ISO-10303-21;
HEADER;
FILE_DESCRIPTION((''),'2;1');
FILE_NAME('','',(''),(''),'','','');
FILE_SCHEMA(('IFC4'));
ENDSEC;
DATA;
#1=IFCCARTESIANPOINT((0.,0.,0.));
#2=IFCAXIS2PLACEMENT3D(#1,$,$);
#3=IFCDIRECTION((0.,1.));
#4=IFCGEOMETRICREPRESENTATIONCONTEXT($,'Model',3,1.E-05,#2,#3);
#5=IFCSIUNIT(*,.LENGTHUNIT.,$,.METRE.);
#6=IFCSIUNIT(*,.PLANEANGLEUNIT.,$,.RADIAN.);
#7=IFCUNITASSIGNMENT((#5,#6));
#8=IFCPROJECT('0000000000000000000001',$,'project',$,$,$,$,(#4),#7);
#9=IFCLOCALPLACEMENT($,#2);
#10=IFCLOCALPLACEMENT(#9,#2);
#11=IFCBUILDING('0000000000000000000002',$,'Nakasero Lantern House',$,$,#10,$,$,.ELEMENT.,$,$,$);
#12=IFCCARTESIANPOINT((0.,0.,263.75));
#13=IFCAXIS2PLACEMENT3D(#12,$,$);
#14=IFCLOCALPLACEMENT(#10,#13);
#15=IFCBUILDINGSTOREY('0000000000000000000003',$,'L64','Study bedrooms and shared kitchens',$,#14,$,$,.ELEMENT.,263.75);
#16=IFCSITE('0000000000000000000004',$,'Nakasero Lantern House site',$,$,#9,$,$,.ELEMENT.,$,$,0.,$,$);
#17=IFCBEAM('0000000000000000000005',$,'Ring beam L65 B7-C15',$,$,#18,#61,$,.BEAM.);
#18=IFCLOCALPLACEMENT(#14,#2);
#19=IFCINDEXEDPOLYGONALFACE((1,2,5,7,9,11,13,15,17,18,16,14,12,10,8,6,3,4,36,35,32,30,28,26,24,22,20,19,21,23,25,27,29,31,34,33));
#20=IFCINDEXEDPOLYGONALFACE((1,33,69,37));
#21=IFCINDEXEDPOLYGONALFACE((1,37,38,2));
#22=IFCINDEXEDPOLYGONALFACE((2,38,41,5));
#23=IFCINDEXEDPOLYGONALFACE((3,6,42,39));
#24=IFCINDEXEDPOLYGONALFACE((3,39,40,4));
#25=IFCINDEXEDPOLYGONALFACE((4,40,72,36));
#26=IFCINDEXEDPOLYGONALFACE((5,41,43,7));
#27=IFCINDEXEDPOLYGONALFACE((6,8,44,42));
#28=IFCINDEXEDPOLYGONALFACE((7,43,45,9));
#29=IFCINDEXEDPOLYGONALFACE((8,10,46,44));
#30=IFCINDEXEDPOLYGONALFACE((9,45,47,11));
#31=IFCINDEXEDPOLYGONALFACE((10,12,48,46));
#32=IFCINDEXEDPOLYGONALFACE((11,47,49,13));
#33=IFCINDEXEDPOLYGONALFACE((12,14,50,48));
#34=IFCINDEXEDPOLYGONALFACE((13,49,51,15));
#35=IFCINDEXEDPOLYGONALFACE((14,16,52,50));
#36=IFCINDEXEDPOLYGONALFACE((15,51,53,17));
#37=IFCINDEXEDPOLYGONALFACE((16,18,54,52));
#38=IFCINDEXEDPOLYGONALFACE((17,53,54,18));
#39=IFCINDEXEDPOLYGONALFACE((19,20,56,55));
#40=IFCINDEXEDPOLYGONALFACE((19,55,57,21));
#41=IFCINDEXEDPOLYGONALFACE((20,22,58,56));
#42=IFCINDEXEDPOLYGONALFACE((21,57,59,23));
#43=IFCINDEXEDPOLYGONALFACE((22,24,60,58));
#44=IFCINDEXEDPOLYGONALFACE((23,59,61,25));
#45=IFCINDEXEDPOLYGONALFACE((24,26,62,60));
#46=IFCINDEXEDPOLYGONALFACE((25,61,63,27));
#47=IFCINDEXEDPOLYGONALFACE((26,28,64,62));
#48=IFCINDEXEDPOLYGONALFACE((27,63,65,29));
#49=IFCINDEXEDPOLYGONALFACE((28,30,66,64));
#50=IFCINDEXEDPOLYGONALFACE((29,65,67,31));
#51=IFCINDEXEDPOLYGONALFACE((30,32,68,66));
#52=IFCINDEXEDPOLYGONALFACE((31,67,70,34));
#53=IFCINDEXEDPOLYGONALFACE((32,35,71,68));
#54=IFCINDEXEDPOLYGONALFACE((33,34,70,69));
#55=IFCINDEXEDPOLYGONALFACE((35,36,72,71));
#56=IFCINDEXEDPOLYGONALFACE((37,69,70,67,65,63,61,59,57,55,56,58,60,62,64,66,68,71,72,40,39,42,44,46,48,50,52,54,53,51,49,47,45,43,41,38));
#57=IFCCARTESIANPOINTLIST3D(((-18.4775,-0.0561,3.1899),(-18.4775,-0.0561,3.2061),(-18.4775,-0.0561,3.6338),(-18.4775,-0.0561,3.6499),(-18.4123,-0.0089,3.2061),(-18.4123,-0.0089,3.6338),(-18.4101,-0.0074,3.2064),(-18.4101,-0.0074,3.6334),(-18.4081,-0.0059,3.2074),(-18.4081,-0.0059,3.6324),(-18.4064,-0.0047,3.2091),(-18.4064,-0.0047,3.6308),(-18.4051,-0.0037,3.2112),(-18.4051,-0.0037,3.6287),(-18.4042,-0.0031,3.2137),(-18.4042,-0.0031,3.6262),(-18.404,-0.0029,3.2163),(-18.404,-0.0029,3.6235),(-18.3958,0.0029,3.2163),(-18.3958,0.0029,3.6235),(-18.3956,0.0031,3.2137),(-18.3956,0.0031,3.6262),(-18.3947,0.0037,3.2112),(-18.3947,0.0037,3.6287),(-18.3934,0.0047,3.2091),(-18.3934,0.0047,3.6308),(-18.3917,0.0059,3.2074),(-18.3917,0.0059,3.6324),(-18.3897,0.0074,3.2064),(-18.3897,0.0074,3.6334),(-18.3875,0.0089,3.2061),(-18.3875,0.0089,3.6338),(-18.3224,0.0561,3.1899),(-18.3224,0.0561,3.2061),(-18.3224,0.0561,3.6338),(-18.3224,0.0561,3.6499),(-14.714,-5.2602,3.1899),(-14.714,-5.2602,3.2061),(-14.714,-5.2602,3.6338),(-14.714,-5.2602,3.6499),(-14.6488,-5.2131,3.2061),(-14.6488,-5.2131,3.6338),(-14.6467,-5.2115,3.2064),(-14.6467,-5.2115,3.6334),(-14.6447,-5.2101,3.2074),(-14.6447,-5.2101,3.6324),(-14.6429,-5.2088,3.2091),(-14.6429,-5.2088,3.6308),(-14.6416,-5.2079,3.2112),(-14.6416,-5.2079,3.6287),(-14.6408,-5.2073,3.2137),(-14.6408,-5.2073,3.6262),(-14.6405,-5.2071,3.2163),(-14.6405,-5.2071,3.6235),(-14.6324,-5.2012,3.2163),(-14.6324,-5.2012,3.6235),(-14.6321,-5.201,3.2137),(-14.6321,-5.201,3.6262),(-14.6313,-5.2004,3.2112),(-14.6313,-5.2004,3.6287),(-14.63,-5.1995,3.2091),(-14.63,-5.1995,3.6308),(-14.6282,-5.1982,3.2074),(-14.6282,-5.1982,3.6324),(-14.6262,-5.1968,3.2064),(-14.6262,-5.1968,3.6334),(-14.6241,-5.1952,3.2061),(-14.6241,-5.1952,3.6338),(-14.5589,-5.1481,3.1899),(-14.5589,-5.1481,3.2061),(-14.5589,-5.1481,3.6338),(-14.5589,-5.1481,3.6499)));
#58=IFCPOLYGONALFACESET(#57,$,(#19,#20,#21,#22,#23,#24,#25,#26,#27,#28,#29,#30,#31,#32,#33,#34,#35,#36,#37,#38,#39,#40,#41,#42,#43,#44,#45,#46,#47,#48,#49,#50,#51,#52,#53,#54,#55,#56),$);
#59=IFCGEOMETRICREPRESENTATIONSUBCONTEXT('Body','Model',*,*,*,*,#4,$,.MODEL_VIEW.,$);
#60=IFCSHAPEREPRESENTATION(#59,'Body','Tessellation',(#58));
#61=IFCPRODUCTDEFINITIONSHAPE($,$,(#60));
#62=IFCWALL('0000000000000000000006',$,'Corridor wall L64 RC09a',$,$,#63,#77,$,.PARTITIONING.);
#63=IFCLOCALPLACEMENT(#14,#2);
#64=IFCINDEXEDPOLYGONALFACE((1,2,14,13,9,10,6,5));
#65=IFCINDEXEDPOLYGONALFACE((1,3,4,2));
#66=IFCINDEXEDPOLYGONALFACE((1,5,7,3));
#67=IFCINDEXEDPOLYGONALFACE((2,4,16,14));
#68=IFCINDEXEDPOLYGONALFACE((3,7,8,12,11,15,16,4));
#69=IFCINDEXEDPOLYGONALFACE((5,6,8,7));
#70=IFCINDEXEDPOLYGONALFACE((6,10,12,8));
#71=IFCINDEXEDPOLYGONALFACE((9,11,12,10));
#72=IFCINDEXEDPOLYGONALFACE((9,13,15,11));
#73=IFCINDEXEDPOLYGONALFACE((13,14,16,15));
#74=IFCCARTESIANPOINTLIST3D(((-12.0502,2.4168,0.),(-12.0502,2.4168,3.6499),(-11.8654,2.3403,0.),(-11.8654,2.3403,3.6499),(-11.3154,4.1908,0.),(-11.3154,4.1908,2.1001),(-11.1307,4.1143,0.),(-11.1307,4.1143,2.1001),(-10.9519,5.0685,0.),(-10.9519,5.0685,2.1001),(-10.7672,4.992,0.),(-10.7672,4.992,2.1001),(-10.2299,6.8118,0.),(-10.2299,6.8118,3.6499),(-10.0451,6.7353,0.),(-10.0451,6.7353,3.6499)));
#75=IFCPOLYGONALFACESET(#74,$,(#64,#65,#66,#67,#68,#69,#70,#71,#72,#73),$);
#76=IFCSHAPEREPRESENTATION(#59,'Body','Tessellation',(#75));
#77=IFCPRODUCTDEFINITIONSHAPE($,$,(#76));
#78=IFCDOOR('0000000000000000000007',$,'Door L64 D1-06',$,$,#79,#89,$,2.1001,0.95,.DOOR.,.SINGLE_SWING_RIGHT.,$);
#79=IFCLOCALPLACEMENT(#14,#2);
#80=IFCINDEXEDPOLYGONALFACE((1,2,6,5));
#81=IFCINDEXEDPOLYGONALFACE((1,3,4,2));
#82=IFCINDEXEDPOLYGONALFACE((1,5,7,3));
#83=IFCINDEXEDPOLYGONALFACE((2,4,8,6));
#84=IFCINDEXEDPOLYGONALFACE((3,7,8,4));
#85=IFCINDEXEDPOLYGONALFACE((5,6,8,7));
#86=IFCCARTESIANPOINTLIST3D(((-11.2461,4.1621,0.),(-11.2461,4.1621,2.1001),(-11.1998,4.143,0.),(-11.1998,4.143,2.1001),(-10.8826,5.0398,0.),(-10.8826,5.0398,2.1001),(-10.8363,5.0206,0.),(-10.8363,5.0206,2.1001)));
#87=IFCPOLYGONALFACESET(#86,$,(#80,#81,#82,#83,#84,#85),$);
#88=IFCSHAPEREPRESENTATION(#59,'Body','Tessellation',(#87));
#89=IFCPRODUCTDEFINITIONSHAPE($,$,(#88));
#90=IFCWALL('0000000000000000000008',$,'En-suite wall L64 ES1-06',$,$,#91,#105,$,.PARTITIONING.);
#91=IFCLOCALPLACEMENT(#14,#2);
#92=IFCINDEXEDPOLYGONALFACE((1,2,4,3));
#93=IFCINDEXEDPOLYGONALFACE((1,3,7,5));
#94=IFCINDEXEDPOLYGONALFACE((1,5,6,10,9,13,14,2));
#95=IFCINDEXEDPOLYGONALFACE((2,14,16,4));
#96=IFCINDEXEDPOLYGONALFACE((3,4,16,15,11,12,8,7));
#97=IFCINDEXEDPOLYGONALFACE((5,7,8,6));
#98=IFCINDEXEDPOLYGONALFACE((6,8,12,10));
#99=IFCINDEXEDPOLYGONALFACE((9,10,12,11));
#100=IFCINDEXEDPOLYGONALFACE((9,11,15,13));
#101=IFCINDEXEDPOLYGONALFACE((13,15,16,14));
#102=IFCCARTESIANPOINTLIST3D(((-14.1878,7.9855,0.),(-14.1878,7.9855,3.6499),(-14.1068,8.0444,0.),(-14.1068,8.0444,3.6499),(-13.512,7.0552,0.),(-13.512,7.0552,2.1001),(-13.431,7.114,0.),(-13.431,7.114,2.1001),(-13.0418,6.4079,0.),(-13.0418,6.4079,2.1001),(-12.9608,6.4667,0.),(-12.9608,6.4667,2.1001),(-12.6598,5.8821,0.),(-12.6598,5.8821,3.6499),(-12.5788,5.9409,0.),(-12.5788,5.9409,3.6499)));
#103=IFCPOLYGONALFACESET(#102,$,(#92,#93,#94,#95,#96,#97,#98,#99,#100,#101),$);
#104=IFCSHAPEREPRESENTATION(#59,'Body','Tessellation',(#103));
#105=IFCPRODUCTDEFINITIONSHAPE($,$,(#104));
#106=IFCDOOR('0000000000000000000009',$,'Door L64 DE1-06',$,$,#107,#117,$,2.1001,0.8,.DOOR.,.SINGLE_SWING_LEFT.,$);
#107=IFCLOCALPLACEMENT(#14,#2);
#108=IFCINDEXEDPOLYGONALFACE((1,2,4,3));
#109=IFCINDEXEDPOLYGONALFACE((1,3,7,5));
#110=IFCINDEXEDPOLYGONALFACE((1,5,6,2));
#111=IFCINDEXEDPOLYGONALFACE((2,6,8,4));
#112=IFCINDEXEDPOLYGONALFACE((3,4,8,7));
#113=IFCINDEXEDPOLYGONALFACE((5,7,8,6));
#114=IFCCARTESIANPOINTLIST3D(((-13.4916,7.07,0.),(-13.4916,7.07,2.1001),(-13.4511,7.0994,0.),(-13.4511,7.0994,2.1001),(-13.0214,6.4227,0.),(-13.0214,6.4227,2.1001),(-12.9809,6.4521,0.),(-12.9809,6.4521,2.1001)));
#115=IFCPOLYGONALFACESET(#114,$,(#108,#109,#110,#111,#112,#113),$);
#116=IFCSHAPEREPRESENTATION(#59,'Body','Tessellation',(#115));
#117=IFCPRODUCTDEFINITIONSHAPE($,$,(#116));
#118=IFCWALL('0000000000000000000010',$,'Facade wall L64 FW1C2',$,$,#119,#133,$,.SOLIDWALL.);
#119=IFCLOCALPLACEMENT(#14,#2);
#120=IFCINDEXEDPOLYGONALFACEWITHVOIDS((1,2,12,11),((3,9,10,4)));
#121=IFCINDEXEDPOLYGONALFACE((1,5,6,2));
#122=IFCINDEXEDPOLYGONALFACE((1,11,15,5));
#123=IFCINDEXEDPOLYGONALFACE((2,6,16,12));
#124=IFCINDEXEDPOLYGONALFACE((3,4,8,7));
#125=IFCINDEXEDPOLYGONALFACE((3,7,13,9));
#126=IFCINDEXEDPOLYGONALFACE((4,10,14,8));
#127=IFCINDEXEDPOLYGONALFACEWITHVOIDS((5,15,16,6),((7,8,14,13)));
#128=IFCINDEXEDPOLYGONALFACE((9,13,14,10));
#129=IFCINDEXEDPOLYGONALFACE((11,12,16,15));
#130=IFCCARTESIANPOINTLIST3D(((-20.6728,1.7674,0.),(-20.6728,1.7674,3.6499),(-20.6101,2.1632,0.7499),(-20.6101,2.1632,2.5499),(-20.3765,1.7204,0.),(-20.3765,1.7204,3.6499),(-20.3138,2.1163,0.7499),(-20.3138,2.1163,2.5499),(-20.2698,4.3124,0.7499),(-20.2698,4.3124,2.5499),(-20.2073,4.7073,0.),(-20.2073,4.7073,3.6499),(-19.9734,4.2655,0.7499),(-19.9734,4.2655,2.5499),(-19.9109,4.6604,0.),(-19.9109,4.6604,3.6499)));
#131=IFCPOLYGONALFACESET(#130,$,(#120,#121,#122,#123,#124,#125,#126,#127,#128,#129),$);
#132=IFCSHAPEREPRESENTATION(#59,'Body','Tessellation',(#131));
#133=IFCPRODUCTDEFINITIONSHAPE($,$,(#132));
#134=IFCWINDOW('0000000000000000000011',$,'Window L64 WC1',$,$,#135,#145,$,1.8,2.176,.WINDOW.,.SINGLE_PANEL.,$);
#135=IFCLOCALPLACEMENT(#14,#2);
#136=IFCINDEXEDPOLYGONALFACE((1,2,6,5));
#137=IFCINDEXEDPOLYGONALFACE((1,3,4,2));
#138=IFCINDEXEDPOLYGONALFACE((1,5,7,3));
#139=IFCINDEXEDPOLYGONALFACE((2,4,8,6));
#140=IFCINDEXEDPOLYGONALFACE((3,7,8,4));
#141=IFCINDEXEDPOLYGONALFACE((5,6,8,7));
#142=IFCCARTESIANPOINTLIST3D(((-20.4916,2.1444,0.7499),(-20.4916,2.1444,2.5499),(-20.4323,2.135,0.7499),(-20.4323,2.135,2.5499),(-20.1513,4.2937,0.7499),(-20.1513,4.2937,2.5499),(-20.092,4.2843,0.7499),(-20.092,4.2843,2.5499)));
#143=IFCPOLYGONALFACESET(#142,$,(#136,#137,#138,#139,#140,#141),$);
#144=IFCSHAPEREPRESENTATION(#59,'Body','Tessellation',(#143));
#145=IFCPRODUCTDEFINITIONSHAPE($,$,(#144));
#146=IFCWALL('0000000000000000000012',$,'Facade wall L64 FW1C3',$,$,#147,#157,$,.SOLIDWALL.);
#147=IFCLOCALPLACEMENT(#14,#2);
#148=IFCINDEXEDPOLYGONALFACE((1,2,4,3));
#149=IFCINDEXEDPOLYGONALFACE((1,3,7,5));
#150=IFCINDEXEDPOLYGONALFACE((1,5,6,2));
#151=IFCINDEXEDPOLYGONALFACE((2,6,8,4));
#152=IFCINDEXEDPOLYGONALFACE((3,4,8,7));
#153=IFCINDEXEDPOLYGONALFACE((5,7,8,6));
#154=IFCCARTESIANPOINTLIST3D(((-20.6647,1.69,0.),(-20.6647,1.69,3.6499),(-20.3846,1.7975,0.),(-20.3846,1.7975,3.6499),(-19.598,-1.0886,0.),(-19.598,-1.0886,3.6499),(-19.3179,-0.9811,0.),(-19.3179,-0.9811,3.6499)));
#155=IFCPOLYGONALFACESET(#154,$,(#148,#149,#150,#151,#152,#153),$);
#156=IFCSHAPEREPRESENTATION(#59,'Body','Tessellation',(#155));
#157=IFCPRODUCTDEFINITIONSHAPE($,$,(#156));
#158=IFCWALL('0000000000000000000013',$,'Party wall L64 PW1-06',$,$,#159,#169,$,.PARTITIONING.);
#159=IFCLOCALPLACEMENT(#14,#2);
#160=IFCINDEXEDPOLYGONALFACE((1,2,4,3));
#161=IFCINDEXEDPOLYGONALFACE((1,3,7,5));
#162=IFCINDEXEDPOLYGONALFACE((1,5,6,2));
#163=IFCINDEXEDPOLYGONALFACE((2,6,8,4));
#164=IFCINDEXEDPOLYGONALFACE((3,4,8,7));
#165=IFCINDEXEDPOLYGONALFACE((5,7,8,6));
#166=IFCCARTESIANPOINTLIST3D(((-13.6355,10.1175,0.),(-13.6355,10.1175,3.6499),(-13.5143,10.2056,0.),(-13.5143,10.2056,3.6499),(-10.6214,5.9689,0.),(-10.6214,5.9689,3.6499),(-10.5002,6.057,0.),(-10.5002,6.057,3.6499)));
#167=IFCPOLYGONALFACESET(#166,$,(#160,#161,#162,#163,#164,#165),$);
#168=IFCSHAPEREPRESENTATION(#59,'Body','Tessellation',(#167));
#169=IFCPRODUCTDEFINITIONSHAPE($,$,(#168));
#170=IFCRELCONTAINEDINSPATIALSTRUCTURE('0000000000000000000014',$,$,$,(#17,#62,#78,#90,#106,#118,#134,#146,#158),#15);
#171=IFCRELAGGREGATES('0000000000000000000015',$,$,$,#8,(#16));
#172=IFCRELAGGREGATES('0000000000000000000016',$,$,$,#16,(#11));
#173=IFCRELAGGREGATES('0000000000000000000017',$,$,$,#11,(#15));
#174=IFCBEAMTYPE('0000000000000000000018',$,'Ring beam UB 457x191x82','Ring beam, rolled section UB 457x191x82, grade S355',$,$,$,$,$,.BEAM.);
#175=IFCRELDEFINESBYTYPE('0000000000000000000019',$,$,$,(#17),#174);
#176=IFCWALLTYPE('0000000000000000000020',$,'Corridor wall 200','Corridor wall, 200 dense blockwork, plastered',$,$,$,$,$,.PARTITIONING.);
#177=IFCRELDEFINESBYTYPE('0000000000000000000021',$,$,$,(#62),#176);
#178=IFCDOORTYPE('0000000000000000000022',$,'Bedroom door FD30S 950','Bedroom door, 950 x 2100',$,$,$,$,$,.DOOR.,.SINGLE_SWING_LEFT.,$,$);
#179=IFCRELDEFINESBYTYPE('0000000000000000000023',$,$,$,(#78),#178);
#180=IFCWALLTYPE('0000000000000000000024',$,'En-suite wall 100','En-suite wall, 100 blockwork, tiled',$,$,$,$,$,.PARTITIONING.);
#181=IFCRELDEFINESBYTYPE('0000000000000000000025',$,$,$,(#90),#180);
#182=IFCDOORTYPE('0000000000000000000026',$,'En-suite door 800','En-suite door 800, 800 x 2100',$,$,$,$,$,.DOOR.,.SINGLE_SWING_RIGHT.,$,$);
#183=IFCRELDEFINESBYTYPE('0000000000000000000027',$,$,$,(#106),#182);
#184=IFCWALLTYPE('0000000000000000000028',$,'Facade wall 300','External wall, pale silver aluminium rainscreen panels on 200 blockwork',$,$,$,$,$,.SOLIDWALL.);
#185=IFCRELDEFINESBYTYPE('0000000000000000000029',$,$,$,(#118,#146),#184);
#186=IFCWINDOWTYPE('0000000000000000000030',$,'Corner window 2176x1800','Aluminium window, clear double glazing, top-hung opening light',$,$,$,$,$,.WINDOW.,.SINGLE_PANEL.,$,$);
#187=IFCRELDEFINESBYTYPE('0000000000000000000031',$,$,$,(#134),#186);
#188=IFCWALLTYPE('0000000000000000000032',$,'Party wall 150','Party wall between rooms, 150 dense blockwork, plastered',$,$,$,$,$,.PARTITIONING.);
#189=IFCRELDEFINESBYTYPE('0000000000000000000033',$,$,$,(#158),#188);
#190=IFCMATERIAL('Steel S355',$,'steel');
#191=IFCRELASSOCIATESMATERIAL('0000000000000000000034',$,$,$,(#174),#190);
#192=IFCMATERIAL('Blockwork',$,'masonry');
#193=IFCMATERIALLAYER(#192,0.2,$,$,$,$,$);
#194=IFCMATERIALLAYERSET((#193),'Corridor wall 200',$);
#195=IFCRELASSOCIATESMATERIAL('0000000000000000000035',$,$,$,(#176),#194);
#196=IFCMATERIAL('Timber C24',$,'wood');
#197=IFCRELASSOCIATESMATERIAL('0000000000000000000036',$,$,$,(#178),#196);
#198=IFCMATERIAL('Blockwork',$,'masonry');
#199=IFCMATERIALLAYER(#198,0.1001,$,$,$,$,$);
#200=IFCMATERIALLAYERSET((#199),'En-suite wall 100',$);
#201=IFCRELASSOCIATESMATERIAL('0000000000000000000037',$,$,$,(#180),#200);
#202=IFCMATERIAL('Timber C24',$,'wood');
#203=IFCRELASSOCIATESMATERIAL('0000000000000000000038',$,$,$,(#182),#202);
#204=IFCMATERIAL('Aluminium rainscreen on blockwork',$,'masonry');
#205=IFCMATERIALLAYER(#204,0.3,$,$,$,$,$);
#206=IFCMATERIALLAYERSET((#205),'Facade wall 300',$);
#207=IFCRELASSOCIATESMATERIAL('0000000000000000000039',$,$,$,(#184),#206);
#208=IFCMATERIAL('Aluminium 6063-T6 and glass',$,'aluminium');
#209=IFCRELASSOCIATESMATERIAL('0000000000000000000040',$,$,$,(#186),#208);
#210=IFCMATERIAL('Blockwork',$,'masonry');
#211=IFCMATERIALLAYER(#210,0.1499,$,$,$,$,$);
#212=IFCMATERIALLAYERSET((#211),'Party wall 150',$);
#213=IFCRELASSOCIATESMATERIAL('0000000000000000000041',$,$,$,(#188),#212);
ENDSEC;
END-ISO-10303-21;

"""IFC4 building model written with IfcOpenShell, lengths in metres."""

from ifc_helpers import new_model, si_unit, direction, frame, frame_2d, origin, origin_2d, place, context, subcontext, project, spatial, rectangle, i_section, extrude, material, layer, layer_set, material_profile, profile_set, type_object, element, fill, save


model = new_model("IFC4")

# Units and contexts
model_context = context("Model", 3, precision=1e-05, world=origin(), true_north=direction((0.0, 1.0)))
body_context = subcontext(model_context, "Body", "Model", "MODEL_VIEW")
ifc_project = project(units=[si_unit("LENGTHUNIT", "METRE"), si_unit("PLANEANGLEUNIT", "RADIAN")], contexts=[model_context])

# Site, building, storey
site_placement = place(None, origin())
site = spatial("IfcSite", under=ifc_project, at=site_placement, Name="Nakasero Lantern House site", CompositionType="ELEMENT", RefElevation=0.0)
building_placement = place(site_placement, origin())
building = spatial("IfcBuilding", under=site, at=building_placement, Name="Nakasero Lantern House", CompositionType="ELEMENT")
storey_placement = place(building_placement, frame((0.0, 0.0, 263.75)))
storey = spatial("IfcBuildingStorey", under=building, at=storey_placement, Name="L64", Description="Study bedrooms and shared kitchens", CompositionType="ELEMENT", Elevation=263.75)

# Beam
ifc_material_1 = material(Name="Steel S355", Category="steel")
ifc_material_profile_1 = material_profile(ifc_material_1, i_section(OverallWidth=0.1914, OverallDepth=0.46, WebThickness=0.01, FlangeThickness=0.0161, FilletRadius=0.0103, at=origin_2d()), Name="UB 457x191x82")
ifc_profile_set_1 = profile_set([ifc_material_profile_1], Name="Steel S355")
beam_type_1 = type_object("IfcBeamType", Name="Ring beam UB 457x191x82", Description="Ring beam, rolled section UB 457x191x82, grade S355", PredefinedType="BEAM", material=ifc_profile_set_1)
beam_1_placement = place(storey_placement, frame((-18.3999, 0.0, 3.4199), z_axis=(0.585993, -0.810316, 0.0), x_axis=(0.810316, 0.585993, 0.0)))
element("IfcBeam", 1, at=beam_1_placement, inside=storey, type_object=beam_type_1, Name="Ring beam L65 B7-C15", PredefinedType="BEAM", context=body_context, shape_type="SweptSolid", body=[
    extrude(i_section(OverallWidth=0.1914, OverallDepth=0.46, WebThickness=0.01, FlangeThickness=0.0161, FilletRadius=0.0103, at=origin_2d()), origin(), (0.0, 0.0, 1.0), 6.4224),
])

# Walls, openings, doors
ifc_material_2 = material(Name="Blockwork", Category="masonry")
ifc_layer_1 = layer(ifc_material_2, 0.2)
ifc_layer_set_1 = layer_set([ifc_layer_1], Name="Corridor wall 200")
wall_type_1 = type_object("IfcWallType", Name="Corridor wall 200", Description="Corridor wall, 200 dense blockwork, plastered", PredefinedType="PARTITIONING", material=ifc_layer_set_1)
wall_1_placement = place(storey_placement, frame((-11.9578, 2.3787, 0.0), z_axis=(0.0, 0.0, 1.0), x_axis=(0.382654, 0.923892, 0.0)))
wall_1 = element("IfcWall", 2, at=wall_1_placement, inside=storey, type_object=wall_type_1, Name="Corridor wall L64 RC09a", PredefinedType="PARTITIONING", context=body_context, shape_type="SweptSolid", body=[
    extrude(rectangle(XDim=4.7571, YDim=0.2, at=frame_2d((2.3784, 0.0))), origin(), (0.0, 0.0, 1.0), 3.6499),
])
opening_1_placement = place(wall_1_placement, frame((1.9199, 0.0, 0.0)))
opening_1 = element("IfcOpeningElement", 3, at=opening_1_placement, cuts=wall_1, PredefinedType="OPENING", context=body_context, shape_type="SweptSolid", body=[
    extrude(rectangle(XDim=0.95, YDim=2.1001, at=frame_2d((0.4751, 1.05))), frame((0.0, 0.1199, 0.0), z_axis=(0.0, -1.0, 0.0), x_axis=(1.0, 0.0, 0.0)), (0.0, 0.0, 1.0), 0.24),
])
ifc_material_3 = material(Name="Timber C24", Category="wood")
door_type_1 = type_object("IfcDoorType", Name="Bedroom door FD30S 950", Description="Bedroom door, 950 x 2100", OperationType="SINGLE_SWING_LEFT", PredefinedType="DOOR", material=ifc_material_3)
door_1_placement = place(opening_1_placement, origin())
door_1 = element("IfcDoor", 4, at=door_1_placement, inside=storey, type_object=door_type_1, Name="Door L64 D1-06", OperationType="SINGLE_SWING_RIGHT", OverallHeight=2.1001, OverallWidth=0.95, PredefinedType="DOOR", context=body_context, shape_type="SweptSolid", body=[
    extrude(rectangle(XDim=0.95, YDim=2.1001, at=frame_2d((0.4751, 1.05))), frame((0.0, 0.0249, 0.0), z_axis=(0.0, -1.0, 0.0), x_axis=(1.0, 0.0, 0.0)), (0.0, 0.0, 1.0), 0.05),
])
fill(opening_1, door_1)
ifc_material_4 = material(Name="Blockwork", Category="masonry")
ifc_layer_2 = layer(ifc_material_4, 0.1001)
ifc_layer_set_2 = layer_set([ifc_layer_2], Name="En-suite wall 100")
wall_type_2 = type_object("IfcWallType", Name="En-suite wall 100", Description="En-suite wall, 100 blockwork, tiled", PredefinedType="PARTITIONING", material=ifc_layer_set_2)
wall_2_placement = place(storey_placement, frame((-12.6194, 5.9116, 0.0), z_axis=(0.0, 0.0, 1.0), x_axis=(-0.587731, 0.809057, 0.0)))
wall_2 = element("IfcWall", 5, at=wall_2_placement, inside=storey, type_object=wall_type_2, Name="En-suite wall L64 ES1-06", PredefinedType="PARTITIONING", context=body_context, shape_type="SweptSolid", body=[
    extrude(rectangle(XDim=2.5999, YDim=0.1001, at=frame_2d((1.2998, 0.0))), origin(), (0.0, 0.0, 1.0), 3.6499),
])
opening_2_placement = place(wall_2_placement, frame((0.6499, 0.0, 0.0)))
opening_2 = element("IfcOpeningElement", 6, at=opening_2_placement, cuts=wall_2, PredefinedType="OPENING", context=body_context, shape_type="SweptSolid", body=[
    extrude(rectangle(XDim=0.8, YDim=2.1001, at=frame_2d((0.3999, 1.05))), frame((0.0, 0.0701, 0.0), z_axis=(0.0, -1.0, 0.0), x_axis=(1.0, 0.0, 0.0)), (0.0, 0.0, 1.0), 0.1401),
])
ifc_material_5 = material(Name="Timber C24", Category="wood")
door_type_2 = type_object("IfcDoorType", Name="En-suite door 800", Description="En-suite door 800, 800 x 2100", OperationType="SINGLE_SWING_RIGHT", PredefinedType="DOOR", material=ifc_material_5)
door_2_placement = place(opening_2_placement, origin())
door_2 = element("IfcDoor", 7, at=door_2_placement, inside=storey, type_object=door_type_2, Name="Door L64 DE1-06", OperationType="SINGLE_SWING_LEFT", OverallHeight=2.1001, OverallWidth=0.8, PredefinedType="DOOR", context=body_context, shape_type="SweptSolid", body=[
    extrude(rectangle(XDim=0.8, YDim=2.1001, at=frame_2d((0.3999, 1.05))), frame((0.0, 0.0249, 0.0), z_axis=(0.0, -1.0, 0.0), x_axis=(1.0, 0.0, 0.0)), (0.0, 0.0, 1.0), 0.05),
])
fill(opening_2, door_2)

# Wall, opening, window
ifc_material_6 = material(Name="Aluminium rainscreen on blockwork", Category="masonry")
ifc_layer_3 = layer(ifc_material_6, 0.3)
ifc_layer_set_3 = layer_set([ifc_layer_3], Name="Facade wall 300")
wall_type_3 = type_object("IfcWallType", Name="Facade wall 300", Description="External wall, pale silver aluminium rainscreen panels on 200 blockwork", PredefinedType="SOLIDWALL", material=ifc_layer_set_3)
wall_3_placement = place(storey_placement, frame((-20.0591, 4.6838, 0.0), z_axis=(0.0, 0.0, 1.0), x_axis=(-0.156413, -0.987692, 0.0)))
wall_3 = element("IfcWall", 8, at=wall_3_placement, inside=storey, type_object=wall_type_3, Name="Facade wall L64 FW1C2", PredefinedType="SOLIDWALL", context=body_context, shape_type="SweptSolid", body=[
    extrude(rectangle(XDim=2.9766, YDim=0.3, at=frame_2d((1.4883, 0.0))), origin(), (0.0, 0.0, 1.0), 3.6499),
])
opening_3_placement = place(wall_3_placement, frame((0.3999, 0.0, 0.75)))
opening_3 = element("IfcOpeningElement", 9, at=opening_3_placement, cuts=wall_3, PredefinedType="OPENING", context=body_context, shape_type="SweptSolid", body=[
    extrude(rectangle(XDim=2.176, YDim=1.8, at=frame_2d((1.0879, 0.8999))), frame((0.0, 0.1699, 0.0), z_axis=(0.0, -1.0, 0.0), x_axis=(1.0, 0.0, 0.0)), (0.0, 0.0, 1.0), 0.3401),
])
ifc_material_7 = material(Name="Aluminium 6063-T6 and glass", Category="aluminium")
window_type = type_object("IfcWindowType", Name="Corner window 2176x1800", Description="Aluminium window, clear double glazing, top-hung opening light", PartitioningType="SINGLE_PANEL", PredefinedType="WINDOW", material=ifc_material_7)
window_placement = place(opening_3_placement, origin())
window = element("IfcWindow", 10, at=window_placement, inside=storey, type_object=window_type, Name="Window L64 WC1", OverallHeight=1.8, OverallWidth=2.176, PartitioningType="SINGLE_PANEL", PredefinedType="WINDOW", context=body_context, shape_type="SweptSolid", body=[
    extrude(rectangle(XDim=2.176, YDim=1.8, at=frame_2d((1.0879, 0.8999))), frame((0.0, 0.03, 0.0), z_axis=(0.0, -1.0, 0.0), x_axis=(1.0, 0.0, 0.0)), (0.0, 0.0, 1.0), 0.0601),
])
fill(opening_3, window)

# Walls
wall_4_placement = place(storey_placement, frame((-20.5247, 1.7439, 0.0), z_axis=(0.0, 0.0, 1.0), x_axis=(0.358385, -0.933574, 0.0)))
element("IfcWall", 11, at=wall_4_placement, inside=storey, type_object=wall_type_3, Name="Facade wall L64 FW1C3", PredefinedType="SOLIDWALL", context=body_context, shape_type="SweptSolid", body=[
    extrude(rectangle(XDim=2.9763, YDim=0.3, at=frame_2d((1.4883, 0.0))), origin(), (0.0, 0.0, 1.0), 3.6499),
])
ifc_material_8 = material(Name="Blockwork", Category="masonry")
ifc_layer_4 = layer(ifc_material_8, 0.1499)
ifc_layer_set_4 = layer_set([ifc_layer_4], Name="Party wall 150")
wall_type_4 = type_object("IfcWallType", Name="Party wall 150", Description="Party wall between rooms, 150 dense blockwork, plastered", PredefinedType="PARTITIONING", material=ifc_layer_set_4)
wall_5_placement = place(storey_placement, frame((-10.5608, 6.0129, 0.0), z_axis=(0.0, 0.0, 1.0), x_axis=(-0.587781, 0.80902, 0.0)))
element("IfcWall", 12, at=wall_5_placement, inside=storey, type_object=wall_type_4, Name="Party wall L64 PW1-06", PredefinedType="PARTITIONING", context=body_context, shape_type="SweptSolid", body=[
    extrude(rectangle(XDim=5.1279, YDim=0.1499, at=frame_2d((2.564, 0.0))), origin(), (0.0, 0.0, 1.0), 3.6499),
])

save(model, "model.ifc")
